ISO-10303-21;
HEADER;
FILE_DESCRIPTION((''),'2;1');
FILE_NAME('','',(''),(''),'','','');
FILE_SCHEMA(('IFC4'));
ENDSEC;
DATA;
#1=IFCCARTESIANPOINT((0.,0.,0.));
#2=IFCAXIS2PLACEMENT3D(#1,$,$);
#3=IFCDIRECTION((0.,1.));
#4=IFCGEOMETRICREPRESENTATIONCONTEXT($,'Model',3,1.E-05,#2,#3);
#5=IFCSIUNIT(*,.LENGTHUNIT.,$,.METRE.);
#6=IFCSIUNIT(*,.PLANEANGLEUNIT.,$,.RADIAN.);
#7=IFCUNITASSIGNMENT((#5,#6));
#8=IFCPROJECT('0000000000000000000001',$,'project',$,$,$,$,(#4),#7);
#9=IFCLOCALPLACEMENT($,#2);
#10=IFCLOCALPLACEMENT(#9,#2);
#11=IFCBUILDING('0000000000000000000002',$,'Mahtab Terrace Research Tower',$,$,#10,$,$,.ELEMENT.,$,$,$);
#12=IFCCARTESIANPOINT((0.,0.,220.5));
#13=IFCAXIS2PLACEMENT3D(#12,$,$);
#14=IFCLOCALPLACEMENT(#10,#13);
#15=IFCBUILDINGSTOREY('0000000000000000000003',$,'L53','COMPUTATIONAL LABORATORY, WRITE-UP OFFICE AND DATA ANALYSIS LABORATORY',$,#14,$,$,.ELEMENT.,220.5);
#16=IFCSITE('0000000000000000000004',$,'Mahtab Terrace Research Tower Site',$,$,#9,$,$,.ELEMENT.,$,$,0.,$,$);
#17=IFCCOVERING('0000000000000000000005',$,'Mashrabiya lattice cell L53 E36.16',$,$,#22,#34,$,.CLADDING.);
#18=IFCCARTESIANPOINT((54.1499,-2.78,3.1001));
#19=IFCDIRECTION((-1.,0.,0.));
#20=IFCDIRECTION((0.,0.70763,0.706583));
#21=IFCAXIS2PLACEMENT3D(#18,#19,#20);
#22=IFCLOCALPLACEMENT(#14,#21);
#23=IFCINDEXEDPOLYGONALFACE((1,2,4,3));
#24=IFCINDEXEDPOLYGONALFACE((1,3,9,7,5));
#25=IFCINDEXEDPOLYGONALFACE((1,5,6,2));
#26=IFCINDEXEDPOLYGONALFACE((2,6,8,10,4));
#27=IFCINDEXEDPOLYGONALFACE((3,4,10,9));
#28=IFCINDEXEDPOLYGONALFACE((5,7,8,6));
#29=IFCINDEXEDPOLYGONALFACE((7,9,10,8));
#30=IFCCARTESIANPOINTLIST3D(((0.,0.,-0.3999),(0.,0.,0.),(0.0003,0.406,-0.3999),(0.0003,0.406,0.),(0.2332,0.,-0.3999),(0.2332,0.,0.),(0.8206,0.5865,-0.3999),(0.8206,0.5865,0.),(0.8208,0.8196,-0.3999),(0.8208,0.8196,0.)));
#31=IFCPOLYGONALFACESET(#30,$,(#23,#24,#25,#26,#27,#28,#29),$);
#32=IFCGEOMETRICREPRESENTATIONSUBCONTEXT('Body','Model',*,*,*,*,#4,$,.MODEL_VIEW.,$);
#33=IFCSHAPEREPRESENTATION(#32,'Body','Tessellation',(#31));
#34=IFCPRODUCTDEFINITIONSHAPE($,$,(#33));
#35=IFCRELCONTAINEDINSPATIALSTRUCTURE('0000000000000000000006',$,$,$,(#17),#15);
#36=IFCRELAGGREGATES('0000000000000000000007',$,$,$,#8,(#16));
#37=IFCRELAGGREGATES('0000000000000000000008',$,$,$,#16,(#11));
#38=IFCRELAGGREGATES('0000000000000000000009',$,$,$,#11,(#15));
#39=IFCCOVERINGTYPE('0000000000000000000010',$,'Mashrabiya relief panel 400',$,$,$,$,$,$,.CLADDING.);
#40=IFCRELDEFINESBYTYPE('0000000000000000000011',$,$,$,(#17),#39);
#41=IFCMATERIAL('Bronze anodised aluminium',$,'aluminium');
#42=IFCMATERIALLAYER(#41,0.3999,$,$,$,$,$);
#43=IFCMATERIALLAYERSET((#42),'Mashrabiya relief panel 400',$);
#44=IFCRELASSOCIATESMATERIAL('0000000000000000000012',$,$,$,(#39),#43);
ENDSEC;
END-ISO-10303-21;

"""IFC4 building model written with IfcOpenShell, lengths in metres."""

from ifc_helpers import new_model, si_unit, direction, frame, origin, place, context, subcontext, project, spatial, polyline, outline, extrude, material, layer, layer_set, type_object, element, save


model = new_model("IFC4")

# Units and contexts
model_context = context("Model", 3, precision=1e-05, world=origin(), true_north=direction((0.0, 1.0)))
body_context = subcontext(model_context, "Body", "Model", "MODEL_VIEW")
ifc_project = project(units=[si_unit("LENGTHUNIT", "METRE"), si_unit("PLANEANGLEUNIT", "RADIAN")], contexts=[model_context])

# Site, building, storey
site_placement = place(None, origin())
site = spatial("IfcSite", under=ifc_project, at=site_placement, Name="Mahtab Terrace Research Tower Site", CompositionType="ELEMENT", RefElevation=0.0)
building_placement = place(site_placement, origin())
building = spatial("IfcBuilding", under=site, at=building_placement, Name="Mahtab Terrace Research Tower", CompositionType="ELEMENT")
storey_placement = place(building_placement, frame((0.0, 0.0, 220.5)))
storey = spatial("IfcBuildingStorey", under=building, at=storey_placement, Name="L53", Description="COMPUTATIONAL LABORATORY, WRITE-UP OFFICE AND DATA ANALYSIS LABORATORY", CompositionType="ELEMENT", Elevation=220.5)

# Covering
ifc_material_1 = material(Name="Bronze anodised aluminium", Category="aluminium")
ifc_layer_1 = layer(ifc_material_1, 0.3999)
ifc_layer_set_1 = layer_set([ifc_layer_1], Name="Mashrabiya relief panel 400")
covering_type = type_object("IfcCoveringType", Name="Mashrabiya relief panel 400", PredefinedType="CLADDING", material=ifc_layer_set_1)
covering_1_placement = place(storey_placement, frame((54.1499, -2.78, 3.1001), z_axis=(-1.0, 0.0, 0.0), x_axis=(0.0, 0.70763, 0.706583)))
element("IfcCovering", 1, at=covering_1_placement, inside=storey, type_object=covering_type, Name="Mashrabiya lattice cell L53 E36.16", PredefinedType="CLADDING", context=body_context, shape_type="SweptSolid", body=[
    extrude(outline(polyline([(0.0, 0.0), (0.2332, 0.0), (0.8206, 0.5865), (0.8208, 0.8196), (0.0003, 0.406), (0.0, 0.0)])), origin(), (0.0, 0.0, -1.0), 0.3999),
])

save(model, "model.ifc")
